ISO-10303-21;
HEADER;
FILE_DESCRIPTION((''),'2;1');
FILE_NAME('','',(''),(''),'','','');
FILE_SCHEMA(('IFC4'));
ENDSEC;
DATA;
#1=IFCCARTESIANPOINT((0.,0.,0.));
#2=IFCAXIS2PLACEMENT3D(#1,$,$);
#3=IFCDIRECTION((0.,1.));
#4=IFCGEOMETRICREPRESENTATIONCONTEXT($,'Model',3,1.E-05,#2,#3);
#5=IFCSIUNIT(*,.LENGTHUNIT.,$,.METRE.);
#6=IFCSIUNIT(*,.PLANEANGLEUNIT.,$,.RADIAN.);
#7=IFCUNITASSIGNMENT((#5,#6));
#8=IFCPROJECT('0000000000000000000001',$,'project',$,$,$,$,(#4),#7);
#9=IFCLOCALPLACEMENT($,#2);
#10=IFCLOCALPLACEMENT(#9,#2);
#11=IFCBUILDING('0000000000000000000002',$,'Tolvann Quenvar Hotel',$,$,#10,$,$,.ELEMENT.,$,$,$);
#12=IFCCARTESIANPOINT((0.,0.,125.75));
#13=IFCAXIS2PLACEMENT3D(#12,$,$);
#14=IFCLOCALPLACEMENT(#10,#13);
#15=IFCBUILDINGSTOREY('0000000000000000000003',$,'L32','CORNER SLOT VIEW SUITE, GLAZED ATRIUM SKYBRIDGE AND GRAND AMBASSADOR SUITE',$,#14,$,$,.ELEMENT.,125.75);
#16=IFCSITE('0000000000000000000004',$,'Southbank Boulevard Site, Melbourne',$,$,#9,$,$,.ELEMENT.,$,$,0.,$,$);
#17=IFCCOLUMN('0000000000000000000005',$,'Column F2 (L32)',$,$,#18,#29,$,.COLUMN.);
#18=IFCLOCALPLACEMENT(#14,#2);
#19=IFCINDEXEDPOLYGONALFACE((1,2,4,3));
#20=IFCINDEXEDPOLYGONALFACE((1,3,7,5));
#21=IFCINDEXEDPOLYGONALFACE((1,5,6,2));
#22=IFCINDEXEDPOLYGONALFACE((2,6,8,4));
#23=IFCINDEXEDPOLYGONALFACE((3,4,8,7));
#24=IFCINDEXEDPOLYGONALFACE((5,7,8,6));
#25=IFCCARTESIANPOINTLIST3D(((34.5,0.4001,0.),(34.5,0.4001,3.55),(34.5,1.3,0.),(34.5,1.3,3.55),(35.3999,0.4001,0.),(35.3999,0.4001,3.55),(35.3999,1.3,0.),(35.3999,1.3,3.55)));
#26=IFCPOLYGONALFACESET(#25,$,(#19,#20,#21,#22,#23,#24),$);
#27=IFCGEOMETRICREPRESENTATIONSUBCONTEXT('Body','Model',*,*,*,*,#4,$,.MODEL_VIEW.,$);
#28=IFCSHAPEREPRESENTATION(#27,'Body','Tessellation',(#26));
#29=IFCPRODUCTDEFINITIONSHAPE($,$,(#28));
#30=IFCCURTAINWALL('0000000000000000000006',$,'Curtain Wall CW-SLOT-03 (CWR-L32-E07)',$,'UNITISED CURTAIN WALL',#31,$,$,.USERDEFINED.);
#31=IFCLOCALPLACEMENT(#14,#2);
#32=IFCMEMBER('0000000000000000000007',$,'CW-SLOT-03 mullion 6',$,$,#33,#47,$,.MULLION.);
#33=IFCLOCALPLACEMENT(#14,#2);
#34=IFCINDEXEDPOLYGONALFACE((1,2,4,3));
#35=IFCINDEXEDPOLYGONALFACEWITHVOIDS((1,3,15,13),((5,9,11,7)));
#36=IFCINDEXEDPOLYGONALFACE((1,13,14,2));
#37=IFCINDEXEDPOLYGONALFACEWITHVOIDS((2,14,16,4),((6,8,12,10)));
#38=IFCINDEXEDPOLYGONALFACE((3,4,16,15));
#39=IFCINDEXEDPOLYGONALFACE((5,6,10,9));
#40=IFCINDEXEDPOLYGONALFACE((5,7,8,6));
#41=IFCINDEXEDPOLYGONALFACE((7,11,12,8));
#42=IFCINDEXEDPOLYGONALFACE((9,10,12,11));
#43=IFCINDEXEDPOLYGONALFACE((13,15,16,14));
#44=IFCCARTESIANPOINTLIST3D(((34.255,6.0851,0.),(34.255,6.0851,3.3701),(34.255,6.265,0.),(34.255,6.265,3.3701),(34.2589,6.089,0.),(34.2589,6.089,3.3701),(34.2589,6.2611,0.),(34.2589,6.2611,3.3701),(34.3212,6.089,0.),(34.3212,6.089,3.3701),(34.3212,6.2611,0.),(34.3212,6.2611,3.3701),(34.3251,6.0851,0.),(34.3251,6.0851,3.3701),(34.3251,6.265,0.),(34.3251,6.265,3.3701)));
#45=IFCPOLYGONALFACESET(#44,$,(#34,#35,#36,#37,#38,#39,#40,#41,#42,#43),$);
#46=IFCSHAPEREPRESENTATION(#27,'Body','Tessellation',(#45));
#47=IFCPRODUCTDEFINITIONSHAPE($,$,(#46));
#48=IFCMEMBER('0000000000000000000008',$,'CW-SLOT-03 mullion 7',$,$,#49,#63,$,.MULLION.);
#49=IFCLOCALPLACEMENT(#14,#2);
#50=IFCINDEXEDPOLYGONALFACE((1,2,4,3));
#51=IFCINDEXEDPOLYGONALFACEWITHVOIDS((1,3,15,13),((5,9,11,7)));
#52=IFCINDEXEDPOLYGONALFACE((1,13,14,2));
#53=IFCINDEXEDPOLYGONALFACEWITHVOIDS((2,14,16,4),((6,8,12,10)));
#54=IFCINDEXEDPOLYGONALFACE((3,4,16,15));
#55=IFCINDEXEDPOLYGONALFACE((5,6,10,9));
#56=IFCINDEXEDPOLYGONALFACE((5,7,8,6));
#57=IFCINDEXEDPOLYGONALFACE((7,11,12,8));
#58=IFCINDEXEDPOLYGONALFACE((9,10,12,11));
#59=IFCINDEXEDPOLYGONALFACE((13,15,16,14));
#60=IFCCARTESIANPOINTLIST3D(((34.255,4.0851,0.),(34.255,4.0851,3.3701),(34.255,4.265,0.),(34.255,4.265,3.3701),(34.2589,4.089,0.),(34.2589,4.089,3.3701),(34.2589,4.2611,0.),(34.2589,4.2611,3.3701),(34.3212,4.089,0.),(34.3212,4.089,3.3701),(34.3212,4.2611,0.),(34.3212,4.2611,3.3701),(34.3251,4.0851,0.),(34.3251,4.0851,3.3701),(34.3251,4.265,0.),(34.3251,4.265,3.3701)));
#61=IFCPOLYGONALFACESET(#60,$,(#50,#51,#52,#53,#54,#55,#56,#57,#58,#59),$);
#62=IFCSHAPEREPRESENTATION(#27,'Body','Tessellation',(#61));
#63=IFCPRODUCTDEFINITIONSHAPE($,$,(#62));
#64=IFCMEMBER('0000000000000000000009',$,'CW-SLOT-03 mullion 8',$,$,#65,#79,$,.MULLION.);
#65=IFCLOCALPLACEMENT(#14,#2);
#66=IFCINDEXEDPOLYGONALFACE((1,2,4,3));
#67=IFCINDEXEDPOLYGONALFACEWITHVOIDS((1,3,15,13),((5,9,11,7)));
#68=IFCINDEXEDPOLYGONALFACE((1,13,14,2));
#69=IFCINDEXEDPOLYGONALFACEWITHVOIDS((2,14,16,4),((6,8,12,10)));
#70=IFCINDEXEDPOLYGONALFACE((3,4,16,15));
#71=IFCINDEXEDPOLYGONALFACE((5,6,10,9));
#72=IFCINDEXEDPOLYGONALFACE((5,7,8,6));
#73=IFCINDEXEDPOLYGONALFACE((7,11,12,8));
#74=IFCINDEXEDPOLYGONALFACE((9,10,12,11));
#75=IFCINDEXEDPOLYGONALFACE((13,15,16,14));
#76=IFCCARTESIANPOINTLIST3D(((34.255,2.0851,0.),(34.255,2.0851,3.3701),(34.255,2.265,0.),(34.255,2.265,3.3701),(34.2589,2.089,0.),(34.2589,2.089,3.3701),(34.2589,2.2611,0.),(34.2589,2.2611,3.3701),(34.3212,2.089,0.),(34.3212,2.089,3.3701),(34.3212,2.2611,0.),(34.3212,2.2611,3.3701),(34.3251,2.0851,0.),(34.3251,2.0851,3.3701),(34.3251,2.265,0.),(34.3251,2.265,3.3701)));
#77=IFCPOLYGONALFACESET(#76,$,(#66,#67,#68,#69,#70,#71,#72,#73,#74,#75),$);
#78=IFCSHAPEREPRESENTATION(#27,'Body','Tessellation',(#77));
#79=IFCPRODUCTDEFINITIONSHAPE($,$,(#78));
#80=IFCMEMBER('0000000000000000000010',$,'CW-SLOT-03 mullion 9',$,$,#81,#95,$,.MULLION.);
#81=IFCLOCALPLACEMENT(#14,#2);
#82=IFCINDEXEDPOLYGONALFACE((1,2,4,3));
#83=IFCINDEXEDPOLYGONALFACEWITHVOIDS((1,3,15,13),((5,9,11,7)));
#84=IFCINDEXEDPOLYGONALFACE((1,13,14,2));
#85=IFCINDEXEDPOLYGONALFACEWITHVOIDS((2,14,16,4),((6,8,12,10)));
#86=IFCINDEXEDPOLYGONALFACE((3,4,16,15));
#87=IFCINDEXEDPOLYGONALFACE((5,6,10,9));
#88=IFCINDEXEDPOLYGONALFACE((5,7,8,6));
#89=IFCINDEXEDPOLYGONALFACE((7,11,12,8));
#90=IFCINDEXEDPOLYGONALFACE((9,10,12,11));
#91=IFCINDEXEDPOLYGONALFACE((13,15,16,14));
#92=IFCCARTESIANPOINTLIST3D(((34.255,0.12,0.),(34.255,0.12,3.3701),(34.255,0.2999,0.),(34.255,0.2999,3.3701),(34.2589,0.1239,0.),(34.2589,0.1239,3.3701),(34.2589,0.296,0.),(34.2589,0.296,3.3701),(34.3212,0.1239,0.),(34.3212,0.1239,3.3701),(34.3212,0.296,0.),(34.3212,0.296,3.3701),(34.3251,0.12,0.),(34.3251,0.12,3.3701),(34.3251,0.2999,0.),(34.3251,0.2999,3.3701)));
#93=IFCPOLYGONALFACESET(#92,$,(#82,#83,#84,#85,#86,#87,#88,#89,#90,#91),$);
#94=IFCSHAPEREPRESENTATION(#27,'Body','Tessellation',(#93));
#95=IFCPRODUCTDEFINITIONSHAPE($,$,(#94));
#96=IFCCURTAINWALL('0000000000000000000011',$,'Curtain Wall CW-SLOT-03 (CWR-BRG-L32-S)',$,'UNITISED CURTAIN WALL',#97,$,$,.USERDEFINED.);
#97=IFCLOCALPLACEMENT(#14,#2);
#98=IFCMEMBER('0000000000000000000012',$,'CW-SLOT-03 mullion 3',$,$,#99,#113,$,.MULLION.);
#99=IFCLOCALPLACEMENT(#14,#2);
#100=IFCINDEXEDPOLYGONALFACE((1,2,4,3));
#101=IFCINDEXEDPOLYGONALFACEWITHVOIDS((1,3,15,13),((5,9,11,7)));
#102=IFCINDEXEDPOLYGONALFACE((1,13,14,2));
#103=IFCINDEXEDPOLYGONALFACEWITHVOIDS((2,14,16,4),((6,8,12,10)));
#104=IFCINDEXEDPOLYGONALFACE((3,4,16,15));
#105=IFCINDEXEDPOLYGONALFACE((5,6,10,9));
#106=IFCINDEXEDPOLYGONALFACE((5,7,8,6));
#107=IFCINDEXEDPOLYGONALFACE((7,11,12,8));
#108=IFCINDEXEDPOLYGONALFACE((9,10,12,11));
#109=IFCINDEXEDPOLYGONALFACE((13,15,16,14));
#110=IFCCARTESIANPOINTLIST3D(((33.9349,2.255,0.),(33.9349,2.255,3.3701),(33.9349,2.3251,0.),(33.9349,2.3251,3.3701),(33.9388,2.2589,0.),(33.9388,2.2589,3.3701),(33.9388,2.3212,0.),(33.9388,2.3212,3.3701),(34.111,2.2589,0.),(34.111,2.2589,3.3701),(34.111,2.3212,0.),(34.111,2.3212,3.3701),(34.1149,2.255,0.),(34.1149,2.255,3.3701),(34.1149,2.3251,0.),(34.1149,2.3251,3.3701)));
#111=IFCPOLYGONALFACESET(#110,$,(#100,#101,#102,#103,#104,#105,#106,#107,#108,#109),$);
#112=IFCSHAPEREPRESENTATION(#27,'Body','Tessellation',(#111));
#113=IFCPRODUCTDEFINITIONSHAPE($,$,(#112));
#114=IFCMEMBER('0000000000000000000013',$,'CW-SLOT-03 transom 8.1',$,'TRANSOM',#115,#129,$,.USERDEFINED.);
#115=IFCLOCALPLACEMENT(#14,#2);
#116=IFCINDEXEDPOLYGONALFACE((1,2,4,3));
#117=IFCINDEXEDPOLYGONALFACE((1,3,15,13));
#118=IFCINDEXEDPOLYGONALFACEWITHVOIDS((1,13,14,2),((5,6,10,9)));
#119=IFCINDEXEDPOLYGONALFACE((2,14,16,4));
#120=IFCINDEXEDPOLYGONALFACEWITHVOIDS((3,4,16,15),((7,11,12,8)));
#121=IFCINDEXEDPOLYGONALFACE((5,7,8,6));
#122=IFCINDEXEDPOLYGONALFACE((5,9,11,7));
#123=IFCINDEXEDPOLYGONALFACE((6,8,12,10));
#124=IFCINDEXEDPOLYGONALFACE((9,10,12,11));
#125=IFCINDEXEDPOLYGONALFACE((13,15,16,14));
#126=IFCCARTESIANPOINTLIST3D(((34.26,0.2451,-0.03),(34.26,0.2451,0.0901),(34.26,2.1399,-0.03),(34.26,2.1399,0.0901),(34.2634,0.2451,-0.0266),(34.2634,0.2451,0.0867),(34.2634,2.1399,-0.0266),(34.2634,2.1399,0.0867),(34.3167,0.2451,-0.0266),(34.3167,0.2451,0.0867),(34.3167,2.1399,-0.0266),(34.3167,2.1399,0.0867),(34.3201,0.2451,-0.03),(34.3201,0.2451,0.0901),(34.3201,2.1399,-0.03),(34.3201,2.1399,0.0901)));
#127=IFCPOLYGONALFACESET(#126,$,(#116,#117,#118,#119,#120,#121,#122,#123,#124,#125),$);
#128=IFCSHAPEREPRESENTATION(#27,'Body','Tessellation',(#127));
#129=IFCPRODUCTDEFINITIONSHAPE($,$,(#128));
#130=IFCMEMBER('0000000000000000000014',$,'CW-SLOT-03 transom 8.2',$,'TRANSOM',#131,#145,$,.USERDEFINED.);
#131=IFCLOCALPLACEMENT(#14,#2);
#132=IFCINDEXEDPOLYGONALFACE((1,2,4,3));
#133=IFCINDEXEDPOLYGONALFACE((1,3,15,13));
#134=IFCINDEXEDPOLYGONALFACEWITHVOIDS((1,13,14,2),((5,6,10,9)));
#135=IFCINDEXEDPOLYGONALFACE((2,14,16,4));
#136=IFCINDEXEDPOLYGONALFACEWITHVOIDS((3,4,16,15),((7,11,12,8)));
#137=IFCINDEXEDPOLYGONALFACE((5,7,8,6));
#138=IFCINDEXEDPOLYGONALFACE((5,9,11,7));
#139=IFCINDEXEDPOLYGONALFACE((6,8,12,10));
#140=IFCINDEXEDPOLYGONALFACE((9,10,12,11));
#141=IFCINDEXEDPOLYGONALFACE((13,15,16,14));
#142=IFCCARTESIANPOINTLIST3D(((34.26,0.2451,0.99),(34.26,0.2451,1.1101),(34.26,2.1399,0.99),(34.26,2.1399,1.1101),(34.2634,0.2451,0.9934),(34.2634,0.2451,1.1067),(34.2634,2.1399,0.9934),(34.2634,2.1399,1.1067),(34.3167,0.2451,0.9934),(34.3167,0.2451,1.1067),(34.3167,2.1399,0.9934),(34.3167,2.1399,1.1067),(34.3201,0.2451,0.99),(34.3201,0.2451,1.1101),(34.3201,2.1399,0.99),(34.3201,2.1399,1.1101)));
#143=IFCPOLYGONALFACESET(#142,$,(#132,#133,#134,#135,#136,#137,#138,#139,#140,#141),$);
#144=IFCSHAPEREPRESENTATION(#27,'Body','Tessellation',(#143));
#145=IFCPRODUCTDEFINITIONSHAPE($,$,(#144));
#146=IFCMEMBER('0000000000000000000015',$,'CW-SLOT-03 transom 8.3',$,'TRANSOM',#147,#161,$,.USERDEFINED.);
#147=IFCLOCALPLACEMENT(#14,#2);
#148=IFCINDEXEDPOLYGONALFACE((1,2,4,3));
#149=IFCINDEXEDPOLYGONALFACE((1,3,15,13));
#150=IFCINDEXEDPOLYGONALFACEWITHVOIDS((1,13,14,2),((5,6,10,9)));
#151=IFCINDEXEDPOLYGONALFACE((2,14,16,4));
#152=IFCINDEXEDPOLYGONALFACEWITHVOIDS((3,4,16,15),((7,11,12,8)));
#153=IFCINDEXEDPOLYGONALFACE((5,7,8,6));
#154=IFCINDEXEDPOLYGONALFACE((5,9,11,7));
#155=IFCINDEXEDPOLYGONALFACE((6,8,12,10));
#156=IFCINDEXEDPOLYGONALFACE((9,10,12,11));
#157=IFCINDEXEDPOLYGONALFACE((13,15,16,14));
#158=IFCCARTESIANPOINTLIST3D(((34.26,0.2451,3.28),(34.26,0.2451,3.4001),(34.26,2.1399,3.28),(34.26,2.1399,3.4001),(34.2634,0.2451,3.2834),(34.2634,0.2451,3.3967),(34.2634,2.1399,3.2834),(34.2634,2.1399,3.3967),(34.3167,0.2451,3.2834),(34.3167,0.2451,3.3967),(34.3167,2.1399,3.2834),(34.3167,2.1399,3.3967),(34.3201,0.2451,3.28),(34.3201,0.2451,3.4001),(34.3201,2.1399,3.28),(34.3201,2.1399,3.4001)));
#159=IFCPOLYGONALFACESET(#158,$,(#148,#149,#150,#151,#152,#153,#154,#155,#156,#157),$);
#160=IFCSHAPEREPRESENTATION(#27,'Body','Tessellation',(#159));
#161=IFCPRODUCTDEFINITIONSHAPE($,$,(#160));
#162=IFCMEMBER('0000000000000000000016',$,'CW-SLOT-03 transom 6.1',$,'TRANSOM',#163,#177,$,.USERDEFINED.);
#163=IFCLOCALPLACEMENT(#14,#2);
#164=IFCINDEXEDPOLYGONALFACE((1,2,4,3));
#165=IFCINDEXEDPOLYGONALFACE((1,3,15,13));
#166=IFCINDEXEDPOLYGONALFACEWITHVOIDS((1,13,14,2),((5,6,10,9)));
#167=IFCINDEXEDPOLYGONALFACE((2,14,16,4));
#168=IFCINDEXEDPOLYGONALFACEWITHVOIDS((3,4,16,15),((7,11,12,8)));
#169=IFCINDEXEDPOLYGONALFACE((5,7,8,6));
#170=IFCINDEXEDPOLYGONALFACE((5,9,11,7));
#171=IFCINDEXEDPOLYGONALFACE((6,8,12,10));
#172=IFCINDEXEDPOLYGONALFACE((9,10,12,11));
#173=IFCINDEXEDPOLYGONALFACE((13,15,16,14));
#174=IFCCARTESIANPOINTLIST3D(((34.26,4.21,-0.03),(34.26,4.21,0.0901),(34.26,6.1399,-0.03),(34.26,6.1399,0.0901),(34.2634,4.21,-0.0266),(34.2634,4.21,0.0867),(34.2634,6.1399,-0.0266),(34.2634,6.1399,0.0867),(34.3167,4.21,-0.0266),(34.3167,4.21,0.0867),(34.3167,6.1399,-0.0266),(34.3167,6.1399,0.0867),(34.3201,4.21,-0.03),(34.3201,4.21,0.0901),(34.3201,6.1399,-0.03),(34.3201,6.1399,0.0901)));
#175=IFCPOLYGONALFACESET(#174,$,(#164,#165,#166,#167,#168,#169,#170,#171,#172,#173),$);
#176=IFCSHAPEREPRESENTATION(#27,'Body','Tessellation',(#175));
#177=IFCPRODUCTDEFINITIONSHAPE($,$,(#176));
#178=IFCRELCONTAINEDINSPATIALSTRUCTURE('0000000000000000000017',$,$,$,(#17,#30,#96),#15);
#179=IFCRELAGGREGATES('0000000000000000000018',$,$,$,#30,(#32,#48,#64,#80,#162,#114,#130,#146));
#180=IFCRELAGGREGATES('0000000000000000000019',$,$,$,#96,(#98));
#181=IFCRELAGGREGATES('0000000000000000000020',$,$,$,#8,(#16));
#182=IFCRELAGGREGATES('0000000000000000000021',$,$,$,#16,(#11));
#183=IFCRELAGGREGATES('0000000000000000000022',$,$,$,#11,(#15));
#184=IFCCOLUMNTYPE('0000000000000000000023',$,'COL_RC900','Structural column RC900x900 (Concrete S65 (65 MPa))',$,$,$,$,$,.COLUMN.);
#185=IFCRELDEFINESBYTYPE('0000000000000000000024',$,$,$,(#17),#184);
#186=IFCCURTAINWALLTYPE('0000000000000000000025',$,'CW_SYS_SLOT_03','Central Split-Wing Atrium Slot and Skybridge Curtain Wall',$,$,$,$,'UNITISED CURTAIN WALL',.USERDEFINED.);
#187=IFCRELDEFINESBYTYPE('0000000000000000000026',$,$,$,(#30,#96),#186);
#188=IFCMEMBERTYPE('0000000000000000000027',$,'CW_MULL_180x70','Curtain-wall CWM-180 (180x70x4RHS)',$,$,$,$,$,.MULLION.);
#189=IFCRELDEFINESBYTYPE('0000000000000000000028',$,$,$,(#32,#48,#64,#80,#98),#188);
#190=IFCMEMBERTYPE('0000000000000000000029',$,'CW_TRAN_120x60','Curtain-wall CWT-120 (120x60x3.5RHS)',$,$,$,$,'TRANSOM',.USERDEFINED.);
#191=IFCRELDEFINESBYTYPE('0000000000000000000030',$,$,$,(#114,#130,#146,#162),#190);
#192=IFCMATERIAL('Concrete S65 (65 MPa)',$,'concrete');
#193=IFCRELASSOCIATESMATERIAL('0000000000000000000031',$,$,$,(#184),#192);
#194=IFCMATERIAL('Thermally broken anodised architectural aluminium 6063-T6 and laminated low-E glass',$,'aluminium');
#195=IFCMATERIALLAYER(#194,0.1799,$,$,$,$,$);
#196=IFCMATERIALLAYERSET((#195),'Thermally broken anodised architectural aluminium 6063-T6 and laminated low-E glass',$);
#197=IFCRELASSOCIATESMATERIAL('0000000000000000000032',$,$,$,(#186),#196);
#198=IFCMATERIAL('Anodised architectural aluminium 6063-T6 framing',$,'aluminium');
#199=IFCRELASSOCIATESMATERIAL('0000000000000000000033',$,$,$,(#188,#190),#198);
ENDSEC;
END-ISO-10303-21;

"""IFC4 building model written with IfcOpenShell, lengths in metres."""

from ifc_helpers import new_model, si_unit, direction, frame, origin, origin_2d, place, context, subcontext, project, spatial, rectangle, hollow_rectangle, extrude, source, transform, mapped, material, layer, layer_set, material_profile, profile_set, type_object, type_shapes, element, aggregate, save


model = new_model("IFC4")

# Units and contexts
model_context = context("Model", 3, precision=1e-05, world=origin(), true_north=direction((0.0, 1.0)))
body_context = subcontext(model_context, "Body", "Model", "MODEL_VIEW")
ifc_project = project(units=[si_unit("LENGTHUNIT", "METRE"), si_unit("PLANEANGLEUNIT", "RADIAN")], contexts=[model_context])

# Site, building, storey
site_placement = place(None, origin())
site = spatial("IfcSite", under=ifc_project, at=site_placement, Name="Southbank Boulevard Site, Melbourne", CompositionType="ELEMENT", RefElevation=0.0)
building_placement = place(site_placement, origin())
building = spatial("IfcBuilding", under=site, at=building_placement, Name="Tolvann Quenvar Hotel", CompositionType="ELEMENT")
storey_placement = place(building_placement, frame((0.0, 0.0, 125.75)))
storey = spatial("IfcBuildingStorey", under=building, at=storey_placement, Name="L32", Description="CORNER SLOT VIEW SUITE, GLAZED ATRIUM SKYBRIDGE AND GRAND AMBASSADOR SUITE", CompositionType="ELEMENT", Elevation=125.75)

# Column
ifc_material_1 = material(Name="Concrete S65 (65 MPa)", Category="concrete")
ifc_material_profile_1 = material_profile(ifc_material_1, rectangle(XDim=0.8999, YDim=0.8999, at=origin_2d()), Name="RC900x900")
ifc_profile_set_1 = profile_set([ifc_material_profile_1], Name="Concrete S65 (65 MPa)")
column_type = type_object("IfcColumnType", Name="COL_RC900", Description="Structural column RC900x900 (Concrete S65 (65 MPa))", PredefinedType="COLUMN", material=ifc_profile_set_1)
shared_shape_1 = source(origin(), body_context, "Body", "SweptSolid", [
    extrude(rectangle(XDim=0.8999, YDim=0.8999, at=origin_2d()), origin(), (0.0, 0.0, 1.0), 3.55),
])
type_shapes(column_type, [shared_shape_1])
column_placement = place(storey_placement, frame((34.95, 0.8501, 0.0), z_axis=(0.0, 0.0, 1.0), x_axis=(1.0, 0.0, 0.0)))
element("IfcColumn", 1, at=column_placement, inside=storey, type_object=column_type, Name="Column F2 (L32)", PredefinedType="COLUMN", context=body_context, shape_type="MappedRepresentation", body=[
    mapped(shared_shape_1, transform((0.0, 0.0, 0.0), x_axis=(1.0, 0.0, 0.0), y_axis=(0.0, 1.0, 0.0), z_axis=(0.0, 0.0, 1.0), scale=1.0)),
])

# Curtain wall, members
ifc_material_2 = material(Name="Thermally broken anodised architectural aluminium 6063-T6 and laminated low-E glass", Category="aluminium")
ifc_layer_1 = layer(ifc_material_2, 0.1799)
ifc_layer_set_1 = layer_set([ifc_layer_1], Name="Thermally broken anodised architectural aluminium 6063-T6 and laminated low-E glass")
curtain_wall_type = type_object("IfcCurtainWallType", Name="CW_SYS_SLOT_03", Description="Central Split-Wing Atrium Slot and Skybridge Curtain Wall", ElementType="UNITISED CURTAIN WALL", PredefinedType="USERDEFINED", material=ifc_layer_set_1)
curtain_wall_1_placement = place(storey_placement, origin())
curtain_wall_1 = element("IfcCurtainWall", 2, at=curtain_wall_1_placement, inside=storey, type_object=curtain_wall_type, Name="Curtain Wall CW-SLOT-03 (CWR-L32-E07)", ObjectType="UNITISED CURTAIN WALL", PredefinedType="USERDEFINED")
ifc_material_3 = material(Name="Anodised architectural aluminium 6063-T6 framing", Category="aluminium")
ifc_material_profile_2 = material_profile(ifc_material_3, hollow_rectangle(XDim=0.0701, YDim=0.1799, WallThickness=0.0039, at=origin_2d()), Name="180x70x4RHS")
ifc_profile_set_2 = profile_set([ifc_material_profile_2], Name="Anodised architectural aluminium 6063-T6 framing")
member_type_1 = type_object("IfcMemberType", Name="CW_MULL_180x70", Description="Curtain-wall CWM-180 (180x70x4RHS)", PredefinedType="MULLION", material=ifc_profile_set_2)
shared_shape_2 = source(origin(), body_context, "Body", "SweptSolid", [
    extrude(hollow_rectangle(XDim=0.0701, YDim=0.1799, WallThickness=0.0039, at=origin_2d()), origin(), (0.0, 0.0, 1.0), 3.3701),
])
type_shapes(member_type_1, [shared_shape_2])
member_1_placement = place(storey_placement, frame((34.29, 6.175, 0.0), z_axis=(0.0, 0.0, 1.0), x_axis=(1.0, 0.0, 0.0)))
member_1 = element("IfcMember", 3, at=member_1_placement, type_object=member_type_1, Name="CW-SLOT-03 mullion 6", PredefinedType="MULLION", context=body_context, shape_type="MappedRepresentation", body=[
    mapped(shared_shape_2, transform((0.0, 0.0, 0.0), x_axis=(1.0, 0.0, 0.0), y_axis=(0.0, 1.0, 0.0), z_axis=(0.0, 0.0, 1.0), scale=1.0)),
])
member_2_placement = place(storey_placement, frame((34.29, 4.175, 0.0), z_axis=(0.0, 0.0, 1.0), x_axis=(1.0, 0.0, 0.0)))
member_2 = element("IfcMember", 4, at=member_2_placement, type_object=member_type_1, Name="CW-SLOT-03 mullion 7", PredefinedType="MULLION", context=body_context, shape_type="MappedRepresentation", body=[
    mapped(shared_shape_2, transform((0.0, 0.0, 0.0), x_axis=(1.0, 0.0, 0.0), y_axis=(0.0, 1.0, 0.0), z_axis=(0.0, 0.0, 1.0), scale=1.0)),
])
member_3_placement = place(storey_placement, frame((34.29, 2.175, 0.0), z_axis=(0.0, 0.0, 1.0), x_axis=(1.0, 0.0, 0.0)))
member_3 = element("IfcMember", 5, at=member_3_placement, type_object=member_type_1, Name="CW-SLOT-03 mullion 8", PredefinedType="MULLION", context=body_context, shape_type="MappedRepresentation", body=[
    mapped(shared_shape_2, transform((0.0, 0.0, 0.0), x_axis=(1.0, 0.0, 0.0), y_axis=(0.0, 1.0, 0.0), z_axis=(0.0, 0.0, 1.0), scale=1.0)),
])
member_4_placement = place(storey_placement, frame((34.29, 0.21, 0.0), z_axis=(0.0, 0.0, 1.0), x_axis=(1.0, 0.0, 0.0)))
member_4 = element("IfcMember", 6, at=member_4_placement, type_object=member_type_1, Name="CW-SLOT-03 mullion 9", PredefinedType="MULLION", context=body_context, shape_type="MappedRepresentation", body=[
    mapped(shared_shape_2, transform((0.0, 0.0, 0.0), x_axis=(1.0, 0.0, 0.0), y_axis=(0.0, 1.0, 0.0), z_axis=(0.0, 0.0, 1.0), scale=1.0)),
])

# Curtain wall, member
curtain_wall_2_placement = place(storey_placement, origin())
curtain_wall_2 = element("IfcCurtainWall", 7, at=curtain_wall_2_placement, inside=storey, type_object=curtain_wall_type, Name="Curtain Wall CW-SLOT-03 (CWR-BRG-L32-S)", ObjectType="UNITISED CURTAIN WALL", PredefinedType="USERDEFINED")
member_5_placement = place(storey_placement, frame((34.0249, 2.29, 0.0), z_axis=(0.0, 0.0, 1.0), x_axis=(0.0, 1.0, 0.0)))
member_5 = element("IfcMember", 8, at=member_5_placement, type_object=member_type_1, Name="CW-SLOT-03 mullion 3", PredefinedType="MULLION", context=body_context, shape_type="MappedRepresentation", body=[
    mapped(shared_shape_2, transform((0.0, 0.0, 0.0), x_axis=(1.0, 0.0, 0.0), y_axis=(0.0, 1.0, 0.0), z_axis=(0.0, 0.0, 1.0), scale=1.0)),
])

# Members
ifc_material_profile_3 = material_profile(ifc_material_3, hollow_rectangle(XDim=0.0601, YDim=0.1201, WallThickness=0.0034, at=origin_2d()), Name="120x60x3.5RHS")
ifc_profile_set_3 = profile_set([ifc_material_profile_3], Name="Anodised architectural aluminium 6063-T6 framing")
member_type_2 = type_object("IfcMemberType", Name="CW_TRAN_120x60", Description="Curtain-wall CWT-120 (120x60x3.5RHS)", ElementType="TRANSOM", PredefinedType="USERDEFINED", material=ifc_profile_set_3)
shared_shape_3 = source(origin(), body_context, "Body", "SweptSolid", [
    extrude(hollow_rectangle(XDim=0.0601, YDim=0.1201, WallThickness=0.0034, at=origin_2d()), origin(), (0.0, 0.0, 1.0), 1.8948),
])
member_6_placement = place(storey_placement, frame((34.29, 2.1399, 0.03), z_axis=(0.0, -1.0, 0.0), x_axis=(1.0, 0.0, 0.0)))
member_6 = element("IfcMember", 9, at=member_6_placement, type_object=member_type_2, Name="CW-SLOT-03 transom 8.1", ObjectType="TRANSOM", PredefinedType="USERDEFINED", context=body_context, shape_type="MappedRepresentation", body=[
    mapped(shared_shape_3, transform((0.0, 0.0, 0.0), x_axis=(1.0, 0.0, 0.0), y_axis=(0.0, 1.0, 0.0), z_axis=(0.0, 0.0, 1.0), scale=1.0)),
])
member_7_placement = place(storey_placement, frame((34.29, 2.1399, 1.05), z_axis=(0.0, -1.0, 0.0), x_axis=(1.0, 0.0, 0.0)))
member_7 = element("IfcMember", 10, at=member_7_placement, type_object=member_type_2, Name="CW-SLOT-03 transom 8.2", ObjectType="TRANSOM", PredefinedType="USERDEFINED", context=body_context, shape_type="MappedRepresentation", body=[
    mapped(shared_shape_3, transform((0.0, 0.0, 0.0), x_axis=(1.0, 0.0, 0.0), y_axis=(0.0, 1.0, 0.0), z_axis=(0.0, 0.0, 1.0), scale=1.0)),
])
member_8_placement = place(storey_placement, frame((34.29, 2.1399, 3.3401), z_axis=(0.0, -1.0, 0.0), x_axis=(1.0, 0.0, 0.0)))
member_8 = element("IfcMember", 11, at=member_8_placement, type_object=member_type_2, Name="CW-SLOT-03 transom 8.3", ObjectType="TRANSOM", PredefinedType="USERDEFINED", context=body_context, shape_type="MappedRepresentation", body=[
    mapped(shared_shape_3, transform((0.0, 0.0, 0.0), x_axis=(1.0, 0.0, 0.0), y_axis=(0.0, 1.0, 0.0), z_axis=(0.0, 0.0, 1.0), scale=1.0)),
])
shared_shape_4 = source(origin(), body_context, "Body", "SweptSolid", [
    extrude(hollow_rectangle(XDim=0.0601, YDim=0.1201, WallThickness=0.0034, at=origin_2d()), origin(), (0.0, 0.0, 1.0), 1.9299),
])
member_9_placement = place(storey_placement, frame((34.29, 6.1399, 0.03), z_axis=(0.0, -1.0, 0.0), x_axis=(1.0, 0.0, 0.0)))
member_9 = element("IfcMember", 12, at=member_9_placement, type_object=member_type_2, Name="CW-SLOT-03 transom 6.1", ObjectType="TRANSOM", PredefinedType="USERDEFINED", context=body_context, shape_type="MappedRepresentation", body=[
    mapped(shared_shape_4, transform((0.0, 0.0, 0.0), x_axis=(1.0, 0.0, 0.0), y_axis=(0.0, 1.0, 0.0), z_axis=(0.0, 0.0, 1.0), scale=1.0)),
])

aggregate(curtain_wall_1, [member_1, member_2, member_3, member_4, member_9, member_6, member_7, member_8])

aggregate(curtain_wall_2, [member_5])

save(model, "model.ifc")
